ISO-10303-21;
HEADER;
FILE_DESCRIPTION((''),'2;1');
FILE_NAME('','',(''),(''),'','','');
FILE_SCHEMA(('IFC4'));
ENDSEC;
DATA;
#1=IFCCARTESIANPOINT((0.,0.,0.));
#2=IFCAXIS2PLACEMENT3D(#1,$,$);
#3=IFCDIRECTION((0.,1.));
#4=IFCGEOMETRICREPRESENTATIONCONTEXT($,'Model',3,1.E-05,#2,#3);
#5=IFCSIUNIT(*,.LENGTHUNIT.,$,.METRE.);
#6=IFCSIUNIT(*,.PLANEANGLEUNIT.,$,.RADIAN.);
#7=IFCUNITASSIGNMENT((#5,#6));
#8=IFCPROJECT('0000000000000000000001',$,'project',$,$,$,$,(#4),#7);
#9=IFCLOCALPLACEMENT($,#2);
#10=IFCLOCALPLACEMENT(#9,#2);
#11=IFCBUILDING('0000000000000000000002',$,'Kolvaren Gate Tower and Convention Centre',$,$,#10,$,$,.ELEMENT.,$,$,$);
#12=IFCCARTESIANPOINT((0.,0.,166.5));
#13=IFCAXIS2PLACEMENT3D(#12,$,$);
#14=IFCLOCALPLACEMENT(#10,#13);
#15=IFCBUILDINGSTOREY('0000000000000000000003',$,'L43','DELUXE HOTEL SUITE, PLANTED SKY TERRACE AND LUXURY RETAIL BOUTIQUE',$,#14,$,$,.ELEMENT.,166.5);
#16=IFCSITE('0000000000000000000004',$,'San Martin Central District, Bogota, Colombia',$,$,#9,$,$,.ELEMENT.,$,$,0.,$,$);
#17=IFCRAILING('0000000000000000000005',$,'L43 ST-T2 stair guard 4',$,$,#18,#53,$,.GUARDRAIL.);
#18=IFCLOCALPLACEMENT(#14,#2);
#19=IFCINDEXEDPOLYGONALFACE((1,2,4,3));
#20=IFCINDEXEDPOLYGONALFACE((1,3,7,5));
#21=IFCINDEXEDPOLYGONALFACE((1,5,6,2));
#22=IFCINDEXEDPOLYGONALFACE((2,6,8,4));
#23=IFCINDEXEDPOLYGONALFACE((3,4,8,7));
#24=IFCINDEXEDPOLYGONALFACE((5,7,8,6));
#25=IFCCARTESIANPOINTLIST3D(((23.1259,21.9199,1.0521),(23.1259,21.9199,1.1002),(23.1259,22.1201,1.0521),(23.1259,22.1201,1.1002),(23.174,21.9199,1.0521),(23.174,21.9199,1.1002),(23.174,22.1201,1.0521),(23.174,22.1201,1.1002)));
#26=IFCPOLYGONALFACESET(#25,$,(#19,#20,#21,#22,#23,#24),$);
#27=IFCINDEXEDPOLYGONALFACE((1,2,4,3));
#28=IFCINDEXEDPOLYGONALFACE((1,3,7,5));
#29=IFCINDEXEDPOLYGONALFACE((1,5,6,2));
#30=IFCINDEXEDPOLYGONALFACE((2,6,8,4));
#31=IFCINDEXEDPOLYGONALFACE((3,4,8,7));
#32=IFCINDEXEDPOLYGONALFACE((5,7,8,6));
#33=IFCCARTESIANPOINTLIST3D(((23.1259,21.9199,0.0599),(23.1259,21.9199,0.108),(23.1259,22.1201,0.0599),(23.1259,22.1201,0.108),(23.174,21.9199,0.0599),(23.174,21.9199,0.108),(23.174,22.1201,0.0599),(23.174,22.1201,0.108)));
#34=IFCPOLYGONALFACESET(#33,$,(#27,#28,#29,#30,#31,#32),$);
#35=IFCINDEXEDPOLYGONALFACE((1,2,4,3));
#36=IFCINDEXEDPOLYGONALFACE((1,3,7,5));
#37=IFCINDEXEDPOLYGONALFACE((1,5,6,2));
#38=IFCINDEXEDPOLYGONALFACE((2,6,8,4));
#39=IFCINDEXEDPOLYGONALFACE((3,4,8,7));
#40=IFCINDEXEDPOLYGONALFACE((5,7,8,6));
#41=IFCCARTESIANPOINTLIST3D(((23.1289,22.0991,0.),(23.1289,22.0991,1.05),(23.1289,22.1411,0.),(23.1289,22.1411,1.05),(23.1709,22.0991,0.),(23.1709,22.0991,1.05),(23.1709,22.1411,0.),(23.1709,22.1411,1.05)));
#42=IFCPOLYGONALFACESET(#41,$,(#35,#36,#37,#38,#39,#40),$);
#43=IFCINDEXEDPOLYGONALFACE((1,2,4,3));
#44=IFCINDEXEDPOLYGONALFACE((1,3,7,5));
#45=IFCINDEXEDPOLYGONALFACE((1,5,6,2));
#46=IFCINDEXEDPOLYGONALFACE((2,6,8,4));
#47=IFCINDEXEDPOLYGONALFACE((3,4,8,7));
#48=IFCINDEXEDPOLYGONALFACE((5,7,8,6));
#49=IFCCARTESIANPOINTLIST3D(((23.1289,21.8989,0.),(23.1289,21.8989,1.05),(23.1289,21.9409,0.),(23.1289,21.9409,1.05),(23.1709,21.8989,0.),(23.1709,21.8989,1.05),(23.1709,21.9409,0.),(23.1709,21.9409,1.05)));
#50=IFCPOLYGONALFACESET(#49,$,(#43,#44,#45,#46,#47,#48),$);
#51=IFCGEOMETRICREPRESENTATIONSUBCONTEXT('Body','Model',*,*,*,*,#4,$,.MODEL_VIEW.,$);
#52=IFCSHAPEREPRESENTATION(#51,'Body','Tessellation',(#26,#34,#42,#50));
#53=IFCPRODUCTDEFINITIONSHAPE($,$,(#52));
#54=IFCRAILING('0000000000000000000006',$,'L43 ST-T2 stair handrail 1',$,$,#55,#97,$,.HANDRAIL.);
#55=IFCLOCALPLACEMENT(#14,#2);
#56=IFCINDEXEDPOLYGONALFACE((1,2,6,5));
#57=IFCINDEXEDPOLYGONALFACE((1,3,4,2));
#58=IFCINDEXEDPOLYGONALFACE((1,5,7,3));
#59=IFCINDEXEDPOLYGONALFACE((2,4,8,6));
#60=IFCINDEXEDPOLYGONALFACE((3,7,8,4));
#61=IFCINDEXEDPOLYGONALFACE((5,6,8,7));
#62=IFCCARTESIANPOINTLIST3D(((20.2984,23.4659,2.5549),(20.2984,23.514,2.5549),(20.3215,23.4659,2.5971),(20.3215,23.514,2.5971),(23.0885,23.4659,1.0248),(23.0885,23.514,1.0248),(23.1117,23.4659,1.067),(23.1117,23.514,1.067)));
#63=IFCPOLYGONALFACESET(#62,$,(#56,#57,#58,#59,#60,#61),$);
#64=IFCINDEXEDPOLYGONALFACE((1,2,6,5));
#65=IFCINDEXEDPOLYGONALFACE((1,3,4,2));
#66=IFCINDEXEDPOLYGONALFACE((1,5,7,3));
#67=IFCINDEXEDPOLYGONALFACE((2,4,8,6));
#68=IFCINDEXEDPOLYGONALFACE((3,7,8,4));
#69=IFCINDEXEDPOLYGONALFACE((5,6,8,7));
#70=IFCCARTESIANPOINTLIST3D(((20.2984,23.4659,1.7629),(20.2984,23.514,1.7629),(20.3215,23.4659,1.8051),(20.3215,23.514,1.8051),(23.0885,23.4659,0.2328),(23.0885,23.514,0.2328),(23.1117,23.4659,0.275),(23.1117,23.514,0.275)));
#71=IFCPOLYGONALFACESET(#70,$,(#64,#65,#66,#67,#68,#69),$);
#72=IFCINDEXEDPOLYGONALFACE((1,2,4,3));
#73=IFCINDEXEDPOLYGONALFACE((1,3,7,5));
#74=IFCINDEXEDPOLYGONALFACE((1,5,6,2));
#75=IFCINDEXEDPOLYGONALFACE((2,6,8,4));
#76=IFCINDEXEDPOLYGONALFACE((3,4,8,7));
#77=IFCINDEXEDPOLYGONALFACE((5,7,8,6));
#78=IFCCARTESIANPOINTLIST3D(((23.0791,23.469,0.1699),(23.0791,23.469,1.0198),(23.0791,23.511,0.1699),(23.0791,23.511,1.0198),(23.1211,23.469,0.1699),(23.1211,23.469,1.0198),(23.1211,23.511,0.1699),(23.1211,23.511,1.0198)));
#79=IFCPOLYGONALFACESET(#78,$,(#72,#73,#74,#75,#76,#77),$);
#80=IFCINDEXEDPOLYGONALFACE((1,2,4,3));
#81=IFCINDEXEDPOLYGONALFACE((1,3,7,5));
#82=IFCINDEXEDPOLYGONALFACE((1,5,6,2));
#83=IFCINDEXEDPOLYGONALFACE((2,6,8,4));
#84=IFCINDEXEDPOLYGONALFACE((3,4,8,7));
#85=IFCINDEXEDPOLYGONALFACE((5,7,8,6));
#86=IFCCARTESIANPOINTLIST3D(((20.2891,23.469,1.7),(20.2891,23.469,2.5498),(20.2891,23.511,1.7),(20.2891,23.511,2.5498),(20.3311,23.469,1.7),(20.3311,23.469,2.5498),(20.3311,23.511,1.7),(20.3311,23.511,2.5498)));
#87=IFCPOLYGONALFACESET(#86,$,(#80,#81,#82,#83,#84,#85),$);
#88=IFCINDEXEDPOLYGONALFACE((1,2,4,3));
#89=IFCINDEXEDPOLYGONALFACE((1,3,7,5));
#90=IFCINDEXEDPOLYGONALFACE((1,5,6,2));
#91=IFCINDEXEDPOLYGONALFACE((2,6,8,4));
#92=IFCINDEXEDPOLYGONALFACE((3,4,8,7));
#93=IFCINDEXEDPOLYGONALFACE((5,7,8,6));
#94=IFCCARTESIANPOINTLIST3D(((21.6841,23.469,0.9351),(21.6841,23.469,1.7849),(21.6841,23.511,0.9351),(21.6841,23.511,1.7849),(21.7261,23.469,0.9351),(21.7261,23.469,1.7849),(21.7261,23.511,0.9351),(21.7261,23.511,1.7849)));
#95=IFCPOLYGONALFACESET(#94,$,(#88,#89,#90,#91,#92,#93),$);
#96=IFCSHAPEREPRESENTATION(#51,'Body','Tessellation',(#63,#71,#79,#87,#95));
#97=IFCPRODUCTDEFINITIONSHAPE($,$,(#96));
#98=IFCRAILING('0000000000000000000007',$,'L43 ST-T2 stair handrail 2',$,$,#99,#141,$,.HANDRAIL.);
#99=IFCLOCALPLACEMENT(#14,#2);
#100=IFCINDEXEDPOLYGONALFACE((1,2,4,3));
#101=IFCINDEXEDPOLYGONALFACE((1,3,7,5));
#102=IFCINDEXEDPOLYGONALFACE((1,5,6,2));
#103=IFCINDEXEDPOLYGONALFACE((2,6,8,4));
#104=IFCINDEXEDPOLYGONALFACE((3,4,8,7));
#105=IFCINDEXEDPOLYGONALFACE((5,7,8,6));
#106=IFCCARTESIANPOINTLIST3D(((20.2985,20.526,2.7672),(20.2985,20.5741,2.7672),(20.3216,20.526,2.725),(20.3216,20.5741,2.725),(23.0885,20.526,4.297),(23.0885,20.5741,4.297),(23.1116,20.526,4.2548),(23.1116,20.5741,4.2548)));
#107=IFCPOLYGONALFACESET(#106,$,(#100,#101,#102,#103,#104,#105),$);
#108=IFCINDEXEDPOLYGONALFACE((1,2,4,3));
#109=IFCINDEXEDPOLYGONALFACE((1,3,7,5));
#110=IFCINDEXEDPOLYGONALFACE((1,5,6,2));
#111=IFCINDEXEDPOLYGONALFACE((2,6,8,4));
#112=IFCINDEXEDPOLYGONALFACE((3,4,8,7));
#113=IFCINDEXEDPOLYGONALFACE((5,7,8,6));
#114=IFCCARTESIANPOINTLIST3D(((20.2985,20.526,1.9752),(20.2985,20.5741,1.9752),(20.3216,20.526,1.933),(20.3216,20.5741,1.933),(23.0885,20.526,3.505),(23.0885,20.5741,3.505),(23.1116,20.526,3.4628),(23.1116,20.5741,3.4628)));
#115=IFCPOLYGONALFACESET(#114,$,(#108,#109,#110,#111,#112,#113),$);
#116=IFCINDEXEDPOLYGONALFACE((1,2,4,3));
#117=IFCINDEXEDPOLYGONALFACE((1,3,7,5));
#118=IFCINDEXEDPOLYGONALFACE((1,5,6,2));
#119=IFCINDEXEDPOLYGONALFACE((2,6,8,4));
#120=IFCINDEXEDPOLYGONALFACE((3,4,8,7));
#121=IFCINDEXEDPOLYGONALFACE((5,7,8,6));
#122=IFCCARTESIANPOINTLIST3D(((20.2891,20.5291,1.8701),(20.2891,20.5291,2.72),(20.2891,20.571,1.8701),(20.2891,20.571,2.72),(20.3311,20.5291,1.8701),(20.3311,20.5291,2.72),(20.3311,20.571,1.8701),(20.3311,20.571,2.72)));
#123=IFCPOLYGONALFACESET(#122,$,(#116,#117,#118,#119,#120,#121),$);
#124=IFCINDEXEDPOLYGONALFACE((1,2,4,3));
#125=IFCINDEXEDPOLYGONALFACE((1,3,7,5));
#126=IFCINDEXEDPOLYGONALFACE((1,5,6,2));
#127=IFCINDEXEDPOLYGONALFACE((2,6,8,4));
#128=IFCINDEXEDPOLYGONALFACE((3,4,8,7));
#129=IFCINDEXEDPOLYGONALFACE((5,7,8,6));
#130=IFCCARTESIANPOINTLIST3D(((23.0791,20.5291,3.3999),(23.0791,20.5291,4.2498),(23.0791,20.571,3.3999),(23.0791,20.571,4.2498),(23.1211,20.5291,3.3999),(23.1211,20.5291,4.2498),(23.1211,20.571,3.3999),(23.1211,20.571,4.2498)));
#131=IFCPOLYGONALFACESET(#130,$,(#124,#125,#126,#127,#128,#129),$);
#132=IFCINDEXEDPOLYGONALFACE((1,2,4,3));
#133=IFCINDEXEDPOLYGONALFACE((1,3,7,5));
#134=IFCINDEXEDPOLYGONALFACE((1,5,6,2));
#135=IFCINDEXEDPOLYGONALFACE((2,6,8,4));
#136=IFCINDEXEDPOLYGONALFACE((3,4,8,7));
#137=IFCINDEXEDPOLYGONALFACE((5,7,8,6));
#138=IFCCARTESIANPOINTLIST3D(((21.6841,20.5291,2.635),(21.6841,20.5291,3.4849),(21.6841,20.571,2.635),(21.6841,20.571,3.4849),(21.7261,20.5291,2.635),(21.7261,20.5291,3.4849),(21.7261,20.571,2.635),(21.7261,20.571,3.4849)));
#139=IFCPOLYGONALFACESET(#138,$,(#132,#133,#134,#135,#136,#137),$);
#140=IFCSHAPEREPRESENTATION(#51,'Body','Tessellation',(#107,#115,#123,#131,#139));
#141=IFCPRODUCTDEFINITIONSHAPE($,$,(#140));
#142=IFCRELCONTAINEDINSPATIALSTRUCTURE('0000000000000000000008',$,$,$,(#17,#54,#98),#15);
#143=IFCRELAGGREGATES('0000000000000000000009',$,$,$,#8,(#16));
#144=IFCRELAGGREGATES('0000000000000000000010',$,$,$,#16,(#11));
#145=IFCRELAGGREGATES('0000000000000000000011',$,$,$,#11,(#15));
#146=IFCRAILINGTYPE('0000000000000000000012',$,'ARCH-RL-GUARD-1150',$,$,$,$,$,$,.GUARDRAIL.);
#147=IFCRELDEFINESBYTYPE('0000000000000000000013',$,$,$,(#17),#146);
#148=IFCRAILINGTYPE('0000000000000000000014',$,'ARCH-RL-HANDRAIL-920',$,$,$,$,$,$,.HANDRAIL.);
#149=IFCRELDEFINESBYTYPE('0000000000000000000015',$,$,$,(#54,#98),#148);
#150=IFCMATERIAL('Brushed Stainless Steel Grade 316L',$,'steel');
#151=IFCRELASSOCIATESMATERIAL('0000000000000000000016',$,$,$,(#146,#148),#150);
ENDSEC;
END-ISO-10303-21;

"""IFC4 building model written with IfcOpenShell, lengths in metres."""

from ifc_helpers import new_model, si_unit, direction, frame, origin, origin_2d, place, context, subcontext, project, spatial, rectangle, extrude, material, type_object, element, save


model = new_model("IFC4")

# Units and contexts
model_context = context("Model", 3, precision=1e-05, world=origin(), true_north=direction((0.0, 1.0)))
body_context = subcontext(model_context, "Body", "Model", "MODEL_VIEW")
ifc_project = project(units=[si_unit("LENGTHUNIT", "METRE"), si_unit("PLANEANGLEUNIT", "RADIAN")], contexts=[model_context])

# Site, building, storey
site_placement = place(None, origin())
site = spatial("IfcSite", under=ifc_project, at=site_placement, Name="San Martin Central District, Bogota, Colombia", CompositionType="ELEMENT", RefElevation=0.0)
building_placement = place(site_placement, origin())
building = spatial("IfcBuilding", under=site, at=building_placement, Name="Kolvaren Gate Tower and Convention Centre", CompositionType="ELEMENT")
storey_placement = place(building_placement, frame((0.0, 0.0, 166.5)))
storey = spatial("IfcBuildingStorey", under=building, at=storey_placement, Name="L43", Description="DELUXE HOTEL SUITE, PLANTED SKY TERRACE AND LUXURY RETAIL BOUTIQUE", CompositionType="ELEMENT", Elevation=166.5)

# Shared definitions
ifc_material_1 = material(Name="Brushed Stainless Steel Grade 316L", Category="steel")

# Railings
railing_type_1 = type_object("IfcRailingType", Name="ARCH-RL-GUARD-1150", PredefinedType="GUARDRAIL", material=ifc_material_1)
railing_1_placement = place(storey_placement, frame((23.1499, 22.1201, 0.0)))
element("IfcRailing", 1, at=railing_1_placement, inside=storey, type_object=railing_type_1, Name="L43 ST-T2 stair guard 4", PredefinedType="GUARDRAIL", context=body_context, shape_type="SweptSolid", body=[
    extrude(rectangle(XDim=0.0481, YDim=0.0481, at=origin_2d()), frame((0.0, 0.0, 1.0762), z_axis=(0.0, -1.0, 0.0), x_axis=(1.0, 0.0, 0.0)), (0.0, 0.0, 1.0), 0.2002),
    extrude(rectangle(XDim=0.0481, YDim=0.0481, at=origin_2d()), frame((0.0, 0.0, 0.084), z_axis=(0.0, -1.0, 0.0), x_axis=(1.0, 0.0, 0.0)), (0.0, 0.0, 1.0), 0.2002),
    extrude(rectangle(XDim=0.042, YDim=0.042, at=origin_2d()), origin(), (0.0, 0.0, 1.0), 1.05),
    extrude(rectangle(XDim=0.042, YDim=0.042, at=origin_2d()), frame((0.0, -0.2002, 0.0)), (0.0, 0.0, 1.0), 1.05),
])
railing_type_2 = type_object("IfcRailingType", Name="ARCH-RL-HANDRAIL-920", PredefinedType="HANDRAIL", material=ifc_material_1)
railing_2_placement = place(storey_placement, frame((23.1001, 23.49, 0.1699)))
element("IfcRailing", 2, at=railing_2_placement, inside=storey, type_object=railing_type_2, Name="L43 ST-T2 stair handrail 1", PredefinedType="HANDRAIL", context=body_context, shape_type="SweptSolid", body=[
    extrude(rectangle(XDim=0.0481, YDim=0.0481, at=origin_2d()), frame((0.0, 0.0, 0.876), z_axis=(-0.876811, 0.0, 0.480835), x_axis=(0.0, -1.0, 0.0)), (0.0, 0.0, 1.0), 3.1821),
    extrude(rectangle(XDim=0.0481, YDim=0.0481, at=origin_2d()), frame((0.0, 0.0, 0.084), z_axis=(-0.876811, 0.0, 0.480835), x_axis=(0.0, -1.0, 0.0)), (0.0, 0.0, 1.0), 3.1821),
    extrude(rectangle(XDim=0.042, YDim=0.042, at=origin_2d()), origin(), (0.0, 0.0, 1.0), 0.8499),
    extrude(rectangle(XDim=0.042, YDim=0.042, at=origin_2d()), frame((-2.79, 0.0, 1.53)), (0.0, 0.0, 1.0), 0.8499),
    extrude(rectangle(XDim=0.042, YDim=0.042, at=origin_2d()), frame((-1.395, 0.0, 0.7651)), (0.0, 0.0, 1.0), 0.8499),
])
railing_3_placement = place(storey_placement, frame((20.3101, 20.55, 1.8701)))
element("IfcRailing", 3, at=railing_3_placement, inside=storey, type_object=railing_type_2, Name="L43 ST-T2 stair handrail 2", PredefinedType="HANDRAIL", context=body_context, shape_type="SweptSolid", body=[
    extrude(rectangle(XDim=0.0481, YDim=0.0481, at=origin_2d()), frame((0.0, 0.0, 0.876), z_axis=(0.876844, 0.0, 0.480776), x_axis=(0.0, 1.0, 0.0)), (0.0, 0.0, 1.0), 3.1819),
    extrude(rectangle(XDim=0.0481, YDim=0.0481, at=origin_2d()), frame((0.0, 0.0, 0.084), z_axis=(0.876844, 0.0, 0.480776), x_axis=(0.0, 1.0, 0.0)), (0.0, 0.0, 1.0), 3.1819),
    extrude(rectangle(XDim=0.042, YDim=0.042, at=origin_2d()), origin(), (0.0, 0.0, 1.0), 0.8499),
    extrude(rectangle(XDim=0.042, YDim=0.042, at=origin_2d()), frame((2.79, 0.0, 1.5298)), (0.0, 0.0, 1.0), 0.8499),
    extrude(rectangle(XDim=0.042, YDim=0.042, at=origin_2d()), frame((1.395, 0.0, 0.7649)), (0.0, 0.0, 1.0), 0.8499),
])

save(model, "model.ifc")
